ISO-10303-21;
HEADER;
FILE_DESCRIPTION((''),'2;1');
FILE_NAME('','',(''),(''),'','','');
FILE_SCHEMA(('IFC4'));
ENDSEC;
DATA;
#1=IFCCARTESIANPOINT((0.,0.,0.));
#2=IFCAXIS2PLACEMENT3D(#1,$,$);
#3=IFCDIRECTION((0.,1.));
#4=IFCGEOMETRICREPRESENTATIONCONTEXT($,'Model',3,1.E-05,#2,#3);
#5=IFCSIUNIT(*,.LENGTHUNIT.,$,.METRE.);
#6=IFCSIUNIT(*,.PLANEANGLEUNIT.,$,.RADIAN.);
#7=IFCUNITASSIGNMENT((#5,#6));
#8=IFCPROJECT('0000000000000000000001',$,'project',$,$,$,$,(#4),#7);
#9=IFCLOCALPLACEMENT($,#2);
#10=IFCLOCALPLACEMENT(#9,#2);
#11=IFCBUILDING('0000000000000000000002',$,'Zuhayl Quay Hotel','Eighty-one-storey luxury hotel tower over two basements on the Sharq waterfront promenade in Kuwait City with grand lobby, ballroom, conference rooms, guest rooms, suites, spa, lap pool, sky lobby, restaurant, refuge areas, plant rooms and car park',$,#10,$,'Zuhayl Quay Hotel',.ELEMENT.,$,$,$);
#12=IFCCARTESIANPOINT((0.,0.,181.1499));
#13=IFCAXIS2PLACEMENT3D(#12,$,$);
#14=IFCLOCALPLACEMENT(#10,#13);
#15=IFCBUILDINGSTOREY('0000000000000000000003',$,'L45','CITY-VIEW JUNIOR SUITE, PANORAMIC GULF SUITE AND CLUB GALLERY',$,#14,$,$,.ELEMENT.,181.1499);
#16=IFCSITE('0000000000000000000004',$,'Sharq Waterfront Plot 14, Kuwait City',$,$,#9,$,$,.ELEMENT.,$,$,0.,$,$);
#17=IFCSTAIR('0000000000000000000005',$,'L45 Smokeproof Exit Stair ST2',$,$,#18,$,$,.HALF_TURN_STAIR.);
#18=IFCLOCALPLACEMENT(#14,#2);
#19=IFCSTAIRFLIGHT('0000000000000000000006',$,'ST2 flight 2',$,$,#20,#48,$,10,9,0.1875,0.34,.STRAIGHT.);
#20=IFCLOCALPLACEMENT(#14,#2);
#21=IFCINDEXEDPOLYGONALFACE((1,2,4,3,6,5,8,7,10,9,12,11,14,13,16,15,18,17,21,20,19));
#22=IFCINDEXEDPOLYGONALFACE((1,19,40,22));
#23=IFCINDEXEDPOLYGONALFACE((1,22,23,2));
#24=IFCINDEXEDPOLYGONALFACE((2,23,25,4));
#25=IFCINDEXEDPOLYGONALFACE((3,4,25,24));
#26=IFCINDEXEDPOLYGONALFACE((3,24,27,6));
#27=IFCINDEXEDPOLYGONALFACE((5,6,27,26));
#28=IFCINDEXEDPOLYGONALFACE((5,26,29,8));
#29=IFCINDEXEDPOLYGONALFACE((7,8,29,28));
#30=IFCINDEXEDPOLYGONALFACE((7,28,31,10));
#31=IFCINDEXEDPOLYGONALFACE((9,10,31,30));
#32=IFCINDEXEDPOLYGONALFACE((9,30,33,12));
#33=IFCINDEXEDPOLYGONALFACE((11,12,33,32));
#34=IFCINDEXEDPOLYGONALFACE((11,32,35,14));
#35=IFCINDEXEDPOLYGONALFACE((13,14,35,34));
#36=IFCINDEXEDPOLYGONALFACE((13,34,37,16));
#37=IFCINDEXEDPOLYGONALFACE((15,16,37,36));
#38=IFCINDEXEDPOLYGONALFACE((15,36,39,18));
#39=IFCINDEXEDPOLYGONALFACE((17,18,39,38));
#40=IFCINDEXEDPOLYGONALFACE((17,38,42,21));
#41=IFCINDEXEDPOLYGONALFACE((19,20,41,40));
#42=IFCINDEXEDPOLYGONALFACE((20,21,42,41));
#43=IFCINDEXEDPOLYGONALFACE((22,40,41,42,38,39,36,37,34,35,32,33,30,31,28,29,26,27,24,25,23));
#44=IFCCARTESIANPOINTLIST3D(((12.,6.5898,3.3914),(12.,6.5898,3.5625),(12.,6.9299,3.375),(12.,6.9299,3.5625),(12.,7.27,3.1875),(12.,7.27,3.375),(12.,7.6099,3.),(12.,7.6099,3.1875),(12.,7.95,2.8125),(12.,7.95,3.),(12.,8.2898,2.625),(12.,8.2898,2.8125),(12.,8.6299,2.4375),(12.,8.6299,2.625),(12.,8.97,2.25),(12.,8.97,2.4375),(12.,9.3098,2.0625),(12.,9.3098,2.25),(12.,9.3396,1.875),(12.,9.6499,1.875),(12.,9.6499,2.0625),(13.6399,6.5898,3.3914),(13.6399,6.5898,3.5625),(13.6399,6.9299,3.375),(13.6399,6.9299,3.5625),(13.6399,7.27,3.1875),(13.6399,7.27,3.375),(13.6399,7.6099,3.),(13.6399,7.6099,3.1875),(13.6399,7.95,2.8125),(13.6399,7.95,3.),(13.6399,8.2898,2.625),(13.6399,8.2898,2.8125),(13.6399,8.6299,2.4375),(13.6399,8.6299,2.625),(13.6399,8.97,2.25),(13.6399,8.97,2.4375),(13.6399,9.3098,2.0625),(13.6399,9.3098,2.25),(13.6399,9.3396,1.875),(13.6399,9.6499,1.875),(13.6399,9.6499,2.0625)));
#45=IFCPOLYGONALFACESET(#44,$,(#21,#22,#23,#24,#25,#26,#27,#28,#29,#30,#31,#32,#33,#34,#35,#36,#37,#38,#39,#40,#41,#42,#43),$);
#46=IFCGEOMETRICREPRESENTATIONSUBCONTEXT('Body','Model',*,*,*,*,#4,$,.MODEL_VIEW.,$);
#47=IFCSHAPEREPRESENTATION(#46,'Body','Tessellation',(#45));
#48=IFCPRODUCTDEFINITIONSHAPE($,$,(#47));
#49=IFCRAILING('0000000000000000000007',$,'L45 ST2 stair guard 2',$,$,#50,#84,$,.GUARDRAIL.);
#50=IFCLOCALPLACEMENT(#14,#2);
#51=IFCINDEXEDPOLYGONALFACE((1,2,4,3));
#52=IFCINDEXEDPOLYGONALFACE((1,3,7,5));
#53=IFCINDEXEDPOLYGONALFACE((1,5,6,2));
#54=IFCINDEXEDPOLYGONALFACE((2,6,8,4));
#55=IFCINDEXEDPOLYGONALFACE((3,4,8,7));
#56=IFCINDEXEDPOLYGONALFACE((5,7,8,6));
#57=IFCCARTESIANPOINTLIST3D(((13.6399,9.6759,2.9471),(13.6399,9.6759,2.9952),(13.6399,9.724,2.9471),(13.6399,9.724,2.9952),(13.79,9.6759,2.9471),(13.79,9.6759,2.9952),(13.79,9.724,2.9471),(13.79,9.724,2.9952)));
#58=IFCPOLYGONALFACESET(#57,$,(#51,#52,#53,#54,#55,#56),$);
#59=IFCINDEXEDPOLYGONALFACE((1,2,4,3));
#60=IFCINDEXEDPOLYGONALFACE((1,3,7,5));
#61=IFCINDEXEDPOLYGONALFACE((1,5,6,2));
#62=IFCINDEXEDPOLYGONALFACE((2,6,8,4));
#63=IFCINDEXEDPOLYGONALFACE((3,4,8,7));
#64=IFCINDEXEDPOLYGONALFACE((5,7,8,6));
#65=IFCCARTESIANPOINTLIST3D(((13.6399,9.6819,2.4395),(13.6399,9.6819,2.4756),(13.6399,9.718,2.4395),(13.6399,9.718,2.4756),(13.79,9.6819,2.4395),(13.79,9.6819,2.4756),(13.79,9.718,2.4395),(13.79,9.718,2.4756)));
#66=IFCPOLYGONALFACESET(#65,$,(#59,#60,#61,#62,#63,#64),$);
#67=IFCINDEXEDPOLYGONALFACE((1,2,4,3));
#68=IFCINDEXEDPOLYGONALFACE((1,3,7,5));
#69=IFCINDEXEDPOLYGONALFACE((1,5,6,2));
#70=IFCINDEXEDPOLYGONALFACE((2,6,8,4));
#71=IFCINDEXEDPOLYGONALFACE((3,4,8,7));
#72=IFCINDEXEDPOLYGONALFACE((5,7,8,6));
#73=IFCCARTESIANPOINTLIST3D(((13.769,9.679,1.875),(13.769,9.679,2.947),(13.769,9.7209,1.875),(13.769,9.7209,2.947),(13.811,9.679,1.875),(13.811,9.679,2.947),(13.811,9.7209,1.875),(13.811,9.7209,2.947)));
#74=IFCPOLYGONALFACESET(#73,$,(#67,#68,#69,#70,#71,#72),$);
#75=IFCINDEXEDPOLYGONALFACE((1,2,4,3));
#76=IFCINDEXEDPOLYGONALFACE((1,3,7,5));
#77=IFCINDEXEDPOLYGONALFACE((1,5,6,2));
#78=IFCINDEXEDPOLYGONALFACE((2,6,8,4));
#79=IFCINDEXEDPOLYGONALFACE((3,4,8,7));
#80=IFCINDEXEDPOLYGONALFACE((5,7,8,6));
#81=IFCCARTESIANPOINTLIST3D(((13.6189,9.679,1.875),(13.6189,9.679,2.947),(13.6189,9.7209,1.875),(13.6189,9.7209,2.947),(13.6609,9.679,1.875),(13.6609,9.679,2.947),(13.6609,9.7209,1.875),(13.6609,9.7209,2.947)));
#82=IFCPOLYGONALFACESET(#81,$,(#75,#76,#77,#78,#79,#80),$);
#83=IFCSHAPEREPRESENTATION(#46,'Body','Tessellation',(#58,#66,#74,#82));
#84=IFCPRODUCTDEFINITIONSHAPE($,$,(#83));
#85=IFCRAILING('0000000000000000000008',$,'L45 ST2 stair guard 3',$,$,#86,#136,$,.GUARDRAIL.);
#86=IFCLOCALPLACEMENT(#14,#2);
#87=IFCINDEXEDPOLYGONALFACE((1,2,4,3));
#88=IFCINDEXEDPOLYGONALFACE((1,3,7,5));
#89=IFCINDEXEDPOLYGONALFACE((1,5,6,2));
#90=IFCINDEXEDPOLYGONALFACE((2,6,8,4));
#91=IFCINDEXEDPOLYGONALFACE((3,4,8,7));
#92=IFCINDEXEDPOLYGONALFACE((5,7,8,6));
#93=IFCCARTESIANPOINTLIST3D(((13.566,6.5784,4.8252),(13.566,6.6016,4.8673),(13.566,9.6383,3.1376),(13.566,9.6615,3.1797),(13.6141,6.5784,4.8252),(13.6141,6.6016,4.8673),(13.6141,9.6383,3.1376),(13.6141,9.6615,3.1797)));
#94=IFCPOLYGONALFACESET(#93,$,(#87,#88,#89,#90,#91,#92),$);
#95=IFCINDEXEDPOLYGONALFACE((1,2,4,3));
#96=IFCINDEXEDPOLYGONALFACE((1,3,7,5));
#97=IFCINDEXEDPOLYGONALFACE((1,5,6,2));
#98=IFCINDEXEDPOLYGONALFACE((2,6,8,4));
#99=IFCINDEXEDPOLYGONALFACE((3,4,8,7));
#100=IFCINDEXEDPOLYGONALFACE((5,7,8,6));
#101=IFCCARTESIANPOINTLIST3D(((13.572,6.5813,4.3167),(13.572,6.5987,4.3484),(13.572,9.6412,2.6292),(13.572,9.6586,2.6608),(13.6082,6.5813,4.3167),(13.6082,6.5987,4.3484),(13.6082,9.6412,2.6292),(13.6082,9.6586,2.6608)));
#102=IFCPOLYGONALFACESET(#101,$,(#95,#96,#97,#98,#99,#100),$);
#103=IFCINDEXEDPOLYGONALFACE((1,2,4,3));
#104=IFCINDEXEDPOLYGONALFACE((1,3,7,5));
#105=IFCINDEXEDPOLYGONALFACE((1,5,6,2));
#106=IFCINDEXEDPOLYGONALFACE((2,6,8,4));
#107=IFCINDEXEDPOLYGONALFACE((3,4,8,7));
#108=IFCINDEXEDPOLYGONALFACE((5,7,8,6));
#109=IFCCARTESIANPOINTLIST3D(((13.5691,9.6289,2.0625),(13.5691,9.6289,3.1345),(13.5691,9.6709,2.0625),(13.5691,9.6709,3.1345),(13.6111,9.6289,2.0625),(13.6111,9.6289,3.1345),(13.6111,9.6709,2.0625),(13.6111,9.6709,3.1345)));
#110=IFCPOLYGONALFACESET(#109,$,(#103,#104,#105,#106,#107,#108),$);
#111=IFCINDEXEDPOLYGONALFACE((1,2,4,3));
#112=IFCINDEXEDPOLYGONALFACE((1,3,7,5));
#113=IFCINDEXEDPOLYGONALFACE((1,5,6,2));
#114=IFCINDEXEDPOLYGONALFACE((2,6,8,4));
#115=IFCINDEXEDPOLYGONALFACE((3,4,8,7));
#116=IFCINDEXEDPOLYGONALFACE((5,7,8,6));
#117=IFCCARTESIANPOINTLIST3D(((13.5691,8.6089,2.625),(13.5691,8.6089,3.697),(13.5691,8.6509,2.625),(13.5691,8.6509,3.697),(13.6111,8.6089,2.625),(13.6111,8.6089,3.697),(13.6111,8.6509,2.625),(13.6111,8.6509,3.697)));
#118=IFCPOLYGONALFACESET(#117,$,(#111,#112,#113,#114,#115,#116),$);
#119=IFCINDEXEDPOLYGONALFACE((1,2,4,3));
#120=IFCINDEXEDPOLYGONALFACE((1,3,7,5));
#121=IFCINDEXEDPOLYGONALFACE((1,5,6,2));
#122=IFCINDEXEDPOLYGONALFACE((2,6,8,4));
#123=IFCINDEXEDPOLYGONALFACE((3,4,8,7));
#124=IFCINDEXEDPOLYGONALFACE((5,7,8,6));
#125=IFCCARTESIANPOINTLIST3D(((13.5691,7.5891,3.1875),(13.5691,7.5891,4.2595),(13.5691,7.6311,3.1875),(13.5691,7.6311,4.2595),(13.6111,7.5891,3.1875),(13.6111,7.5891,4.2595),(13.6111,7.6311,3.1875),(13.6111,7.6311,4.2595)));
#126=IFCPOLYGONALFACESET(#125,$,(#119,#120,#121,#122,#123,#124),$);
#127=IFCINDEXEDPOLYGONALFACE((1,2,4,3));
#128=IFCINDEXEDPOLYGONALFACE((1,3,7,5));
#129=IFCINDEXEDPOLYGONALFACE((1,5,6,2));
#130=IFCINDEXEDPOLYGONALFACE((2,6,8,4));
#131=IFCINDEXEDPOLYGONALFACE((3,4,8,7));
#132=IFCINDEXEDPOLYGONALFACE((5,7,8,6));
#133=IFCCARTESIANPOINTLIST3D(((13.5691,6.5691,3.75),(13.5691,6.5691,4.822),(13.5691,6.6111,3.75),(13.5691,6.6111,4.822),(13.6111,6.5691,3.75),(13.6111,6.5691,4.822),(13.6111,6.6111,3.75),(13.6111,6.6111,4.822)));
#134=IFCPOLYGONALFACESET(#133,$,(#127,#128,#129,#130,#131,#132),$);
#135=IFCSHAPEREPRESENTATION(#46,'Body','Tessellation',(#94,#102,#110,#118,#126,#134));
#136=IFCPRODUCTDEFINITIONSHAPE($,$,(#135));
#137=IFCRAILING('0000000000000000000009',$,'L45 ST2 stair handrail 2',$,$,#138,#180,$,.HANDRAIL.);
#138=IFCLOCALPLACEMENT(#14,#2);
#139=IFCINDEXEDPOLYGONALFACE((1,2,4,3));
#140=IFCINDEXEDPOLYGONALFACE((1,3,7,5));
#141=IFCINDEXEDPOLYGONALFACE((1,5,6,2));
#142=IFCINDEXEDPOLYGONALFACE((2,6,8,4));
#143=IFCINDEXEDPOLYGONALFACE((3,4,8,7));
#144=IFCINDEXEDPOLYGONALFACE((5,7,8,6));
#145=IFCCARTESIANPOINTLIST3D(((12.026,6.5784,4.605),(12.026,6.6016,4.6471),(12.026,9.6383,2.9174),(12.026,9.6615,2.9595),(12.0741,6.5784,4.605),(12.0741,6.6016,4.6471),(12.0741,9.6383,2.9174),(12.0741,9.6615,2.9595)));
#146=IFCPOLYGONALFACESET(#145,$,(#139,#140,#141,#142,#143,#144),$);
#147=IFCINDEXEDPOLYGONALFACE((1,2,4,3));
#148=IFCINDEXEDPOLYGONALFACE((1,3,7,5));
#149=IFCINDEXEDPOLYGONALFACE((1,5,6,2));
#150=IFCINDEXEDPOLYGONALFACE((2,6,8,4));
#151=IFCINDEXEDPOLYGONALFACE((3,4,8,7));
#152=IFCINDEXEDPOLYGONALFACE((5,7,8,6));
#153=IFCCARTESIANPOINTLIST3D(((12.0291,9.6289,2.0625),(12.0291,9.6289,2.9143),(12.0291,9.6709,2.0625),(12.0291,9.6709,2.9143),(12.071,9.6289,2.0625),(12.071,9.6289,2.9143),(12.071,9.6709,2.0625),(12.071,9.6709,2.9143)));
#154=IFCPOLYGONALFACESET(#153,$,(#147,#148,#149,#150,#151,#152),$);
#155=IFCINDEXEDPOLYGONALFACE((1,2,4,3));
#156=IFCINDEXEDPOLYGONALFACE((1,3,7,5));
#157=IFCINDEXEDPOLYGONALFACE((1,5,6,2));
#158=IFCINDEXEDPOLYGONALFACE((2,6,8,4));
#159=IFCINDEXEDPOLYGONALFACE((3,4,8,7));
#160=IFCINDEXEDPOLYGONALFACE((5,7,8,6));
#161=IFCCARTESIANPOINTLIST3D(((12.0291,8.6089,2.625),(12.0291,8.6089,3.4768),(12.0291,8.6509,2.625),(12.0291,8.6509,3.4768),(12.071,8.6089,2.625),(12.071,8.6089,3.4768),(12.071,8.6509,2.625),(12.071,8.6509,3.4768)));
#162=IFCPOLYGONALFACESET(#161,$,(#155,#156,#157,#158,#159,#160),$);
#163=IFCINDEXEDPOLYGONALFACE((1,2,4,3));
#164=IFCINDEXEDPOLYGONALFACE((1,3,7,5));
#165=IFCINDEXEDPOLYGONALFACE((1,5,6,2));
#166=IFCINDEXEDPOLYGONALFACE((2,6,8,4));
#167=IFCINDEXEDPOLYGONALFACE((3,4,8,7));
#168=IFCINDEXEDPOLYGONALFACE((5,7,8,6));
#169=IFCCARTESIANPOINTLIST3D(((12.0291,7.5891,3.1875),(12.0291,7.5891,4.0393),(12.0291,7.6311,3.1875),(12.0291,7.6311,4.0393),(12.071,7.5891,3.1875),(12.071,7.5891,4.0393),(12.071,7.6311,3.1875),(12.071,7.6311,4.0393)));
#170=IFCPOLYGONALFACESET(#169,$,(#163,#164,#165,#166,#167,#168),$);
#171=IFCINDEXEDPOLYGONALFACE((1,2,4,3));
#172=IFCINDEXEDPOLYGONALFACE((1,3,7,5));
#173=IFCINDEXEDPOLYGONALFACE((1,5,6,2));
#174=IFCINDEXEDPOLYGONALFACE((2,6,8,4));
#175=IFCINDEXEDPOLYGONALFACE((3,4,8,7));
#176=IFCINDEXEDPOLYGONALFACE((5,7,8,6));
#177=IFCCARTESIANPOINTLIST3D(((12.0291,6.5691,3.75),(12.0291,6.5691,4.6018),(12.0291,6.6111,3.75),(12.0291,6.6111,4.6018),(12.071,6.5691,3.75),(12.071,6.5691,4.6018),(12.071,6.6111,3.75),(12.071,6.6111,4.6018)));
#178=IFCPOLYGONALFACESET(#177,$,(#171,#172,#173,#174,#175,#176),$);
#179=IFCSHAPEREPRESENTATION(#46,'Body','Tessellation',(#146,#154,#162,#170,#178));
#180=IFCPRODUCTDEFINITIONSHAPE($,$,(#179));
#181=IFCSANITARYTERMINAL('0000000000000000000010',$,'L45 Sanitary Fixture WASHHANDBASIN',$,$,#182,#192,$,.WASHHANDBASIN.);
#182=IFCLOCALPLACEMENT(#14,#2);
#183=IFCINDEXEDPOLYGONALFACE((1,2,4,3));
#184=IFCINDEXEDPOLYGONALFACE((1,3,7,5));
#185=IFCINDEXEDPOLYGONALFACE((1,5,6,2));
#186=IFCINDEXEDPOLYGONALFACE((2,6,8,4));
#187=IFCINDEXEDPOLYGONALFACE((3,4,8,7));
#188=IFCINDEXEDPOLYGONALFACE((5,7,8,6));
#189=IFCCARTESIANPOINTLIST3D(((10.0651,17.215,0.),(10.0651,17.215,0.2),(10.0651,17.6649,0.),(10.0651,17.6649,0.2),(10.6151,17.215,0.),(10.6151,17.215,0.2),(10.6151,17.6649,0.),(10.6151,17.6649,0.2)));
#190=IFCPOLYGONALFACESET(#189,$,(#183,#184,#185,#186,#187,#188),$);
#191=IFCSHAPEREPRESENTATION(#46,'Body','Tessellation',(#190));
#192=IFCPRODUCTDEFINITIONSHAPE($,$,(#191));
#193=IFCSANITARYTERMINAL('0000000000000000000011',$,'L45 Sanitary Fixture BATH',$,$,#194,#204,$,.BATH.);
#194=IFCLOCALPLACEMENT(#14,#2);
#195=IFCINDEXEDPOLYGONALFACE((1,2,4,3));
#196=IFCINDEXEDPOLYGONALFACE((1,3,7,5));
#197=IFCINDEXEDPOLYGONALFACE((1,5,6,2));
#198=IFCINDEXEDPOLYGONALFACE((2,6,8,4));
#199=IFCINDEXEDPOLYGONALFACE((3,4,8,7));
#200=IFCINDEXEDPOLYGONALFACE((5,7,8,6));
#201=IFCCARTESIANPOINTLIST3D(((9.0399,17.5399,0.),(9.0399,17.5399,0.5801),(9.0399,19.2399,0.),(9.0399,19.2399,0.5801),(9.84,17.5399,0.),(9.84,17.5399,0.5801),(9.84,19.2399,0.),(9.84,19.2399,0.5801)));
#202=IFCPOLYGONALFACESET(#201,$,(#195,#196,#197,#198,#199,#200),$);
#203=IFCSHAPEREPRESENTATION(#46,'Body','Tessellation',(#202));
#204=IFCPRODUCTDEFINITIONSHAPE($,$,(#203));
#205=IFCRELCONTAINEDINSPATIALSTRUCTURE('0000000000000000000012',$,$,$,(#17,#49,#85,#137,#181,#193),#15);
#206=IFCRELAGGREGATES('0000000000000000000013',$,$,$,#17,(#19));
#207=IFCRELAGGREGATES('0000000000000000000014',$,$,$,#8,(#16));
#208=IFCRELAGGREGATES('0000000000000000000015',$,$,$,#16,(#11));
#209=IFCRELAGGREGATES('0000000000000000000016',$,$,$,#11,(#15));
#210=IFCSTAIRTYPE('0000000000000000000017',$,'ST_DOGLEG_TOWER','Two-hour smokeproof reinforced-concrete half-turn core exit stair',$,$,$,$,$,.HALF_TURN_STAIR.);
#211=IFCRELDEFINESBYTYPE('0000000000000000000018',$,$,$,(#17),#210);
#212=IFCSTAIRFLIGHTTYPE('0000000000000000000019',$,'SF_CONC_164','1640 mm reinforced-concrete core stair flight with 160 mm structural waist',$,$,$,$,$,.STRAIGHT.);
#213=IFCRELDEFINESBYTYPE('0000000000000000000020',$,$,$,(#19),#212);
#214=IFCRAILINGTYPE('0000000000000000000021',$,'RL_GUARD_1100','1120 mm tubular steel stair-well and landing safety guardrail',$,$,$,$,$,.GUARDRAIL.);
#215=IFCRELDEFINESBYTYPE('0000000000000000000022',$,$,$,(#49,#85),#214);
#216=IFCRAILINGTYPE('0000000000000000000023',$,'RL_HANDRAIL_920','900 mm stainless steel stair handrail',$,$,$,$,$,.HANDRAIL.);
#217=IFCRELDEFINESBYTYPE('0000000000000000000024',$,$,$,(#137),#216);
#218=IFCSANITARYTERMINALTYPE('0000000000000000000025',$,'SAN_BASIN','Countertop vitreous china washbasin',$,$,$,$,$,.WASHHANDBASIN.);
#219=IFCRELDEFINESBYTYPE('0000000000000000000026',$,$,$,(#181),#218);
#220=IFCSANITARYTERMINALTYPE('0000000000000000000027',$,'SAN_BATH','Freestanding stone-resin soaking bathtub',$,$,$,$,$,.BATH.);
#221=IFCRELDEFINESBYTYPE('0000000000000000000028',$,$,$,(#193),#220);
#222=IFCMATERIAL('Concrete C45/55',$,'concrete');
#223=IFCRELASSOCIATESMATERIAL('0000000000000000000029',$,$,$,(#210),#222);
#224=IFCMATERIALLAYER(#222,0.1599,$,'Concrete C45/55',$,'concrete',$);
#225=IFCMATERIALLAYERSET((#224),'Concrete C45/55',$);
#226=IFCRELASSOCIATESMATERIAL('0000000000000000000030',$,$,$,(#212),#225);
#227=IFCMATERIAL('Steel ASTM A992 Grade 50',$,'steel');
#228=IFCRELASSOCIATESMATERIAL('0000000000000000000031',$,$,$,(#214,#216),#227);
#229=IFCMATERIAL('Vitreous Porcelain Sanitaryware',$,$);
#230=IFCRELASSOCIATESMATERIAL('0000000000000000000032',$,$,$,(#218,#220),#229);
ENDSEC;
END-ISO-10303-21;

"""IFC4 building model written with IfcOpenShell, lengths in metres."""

from ifc_helpers import new_model, si_unit, direction, frame, origin, origin_2d, place, context, subcontext, project, spatial, polyline, rectangle, outline, extrude, material, layer, layer_set, type_object, element, aggregate, save


model = new_model("IFC4")

# Units and contexts
model_context = context("Model", 3, precision=1e-05, world=origin(), true_north=direction((0.0, 1.0)))
body_context = subcontext(model_context, "Body", "Model", "MODEL_VIEW")
ifc_project = project(units=[si_unit("LENGTHUNIT", "METRE"), si_unit("PLANEANGLEUNIT", "RADIAN")], contexts=[model_context])

# Site, building, storey
site_placement = place(None, origin())
site = spatial("IfcSite", under=ifc_project, at=site_placement, Name="Sharq Waterfront Plot 14, Kuwait City", CompositionType="ELEMENT", RefElevation=0.0)
building_placement = place(site_placement, origin())
building = spatial("IfcBuilding", under=site, at=building_placement, Name="Zuhayl Quay Hotel", Description="Eighty-one-storey luxury hotel tower over two basements on the Sharq waterfront promenade in Kuwait City with grand lobby, ballroom, conference rooms, guest rooms, suites, spa, lap pool, sky lobby, restaurant, refuge areas, plant rooms and car park", LongName="Zuhayl Quay Hotel", CompositionType="ELEMENT")
storey_placement = place(building_placement, frame((0.0, 0.0, 181.1499)))
storey = spatial("IfcBuildingStorey", under=building, at=storey_placement, Name="L45", Description="CITY-VIEW JUNIOR SUITE, PANORAMIC GULF SUITE AND CLUB GALLERY", CompositionType="ELEMENT", Elevation=181.1499)

# Shared definitions
ifc_material_1 = material(Name="Steel ASTM A992 Grade 50", Category="steel")

# Stair, stair flight
ifc_material_2 = material(Name="Concrete C45/55", Category="concrete")
stair_type = type_object("IfcStairType", Name="ST_DOGLEG_TOWER", Description="Two-hour smokeproof reinforced-concrete half-turn core exit stair", PredefinedType="HALF_TURN_STAIR", material=ifc_material_2)
stair_placement = place(storey_placement, origin())
stair = element("IfcStair", 1, at=stair_placement, inside=storey, type_object=stair_type, Name="L45 Smokeproof Exit Stair ST2", PredefinedType="HALF_TURN_STAIR")
ifc_layer_1 = layer(ifc_material_2, 0.1599, Name="Concrete C45/55", Category="concrete")
ifc_layer_set_1 = layer_set([ifc_layer_1], Name="Concrete C45/55")
stair_flight_type = type_object("IfcStairFlightType", Name="SF_CONC_164", Description="1640 mm reinforced-concrete core stair flight with 160 mm structural waist", PredefinedType="STRAIGHT", material=ifc_layer_set_1)
stair_flight_placement = place(storey_placement, frame((12.8201, 9.6499, 1.875), z_axis=(0.0, 0.0, 1.0), x_axis=(0.0, -1.0, 0.0)))
stair_flight = element("IfcStairFlight", 2, at=stair_flight_placement, type_object=stair_flight_type, Name="ST2 flight 2", NumberOfRisers=10, NumberOfTreads=9, PredefinedType="STRAIGHT", RiserHeight=0.1875, TreadLength=0.34, context=body_context, shape_type="SweptSolid", body=[
    extrude(outline(polyline([(0.0, 0.0), (0.0, 0.1875), (0.3401, 0.1875), (0.3401, 0.375), (0.6799, 0.375), (0.6799, 0.5625), (1.02, 0.5625), (1.02, 0.75), (1.3601, 0.75), (1.3601, 0.9375), (1.7, 0.9375), (1.7, 1.125), (2.04, 1.125), (2.04, 1.3125), (2.3799, 1.3125), (2.3799, 1.5), (2.72, 1.5), (2.72, 1.6875), (3.0601, 1.6875), (3.0601, 1.875), (3.0601, 1.5164), (0.3103, 0.0), (0.0, 0.0)])), frame((0.0, 0.8198, 0.0), z_axis=(0.0, -1.0, 0.0), x_axis=(1.0, 0.0, 0.0)), (0.0, 0.0, 1.0), 1.6399),
])
aggregate(stair, [stair_flight])

# Railings
railing_type_1 = type_object("IfcRailingType", Name="RL_GUARD_1100", Description="1120 mm tubular steel stair-well and landing safety guardrail", PredefinedType="GUARDRAIL", material=ifc_material_1)
railing_1_placement = place(storey_placement, frame((13.79, 9.7, 1.875)))
element("IfcRailing", 3, at=railing_1_placement, inside=storey, type_object=railing_type_1, Name="L45 ST2 stair guard 2", PredefinedType="GUARDRAIL", context=body_context, shape_type="SweptSolid", body=[
    extrude(rectangle(XDim=0.0481, YDim=0.0481, at=origin_2d()), frame((0.0, 0.0, 1.0962), z_axis=(-1.0, 0.0, 0.0), x_axis=(0.0, -1.0, 0.0)), (0.0, 0.0, 1.0), 0.1501),
    extrude(rectangle(XDim=0.0361, YDim=0.0361, at=origin_2d()), frame((0.0, 0.0, 0.5825), z_axis=(-1.0, 0.0, 0.0), x_axis=(0.0, -1.0, 0.0)), (0.0, 0.0, 1.0), 0.1501),
    extrude(rectangle(XDim=0.042, YDim=0.042, at=origin_2d()), origin(), (0.0, 0.0, 1.0), 1.072),
    extrude(rectangle(XDim=0.042, YDim=0.042, at=origin_2d()), frame((-0.1501, 0.0, 0.0)), (0.0, 0.0, 1.0), 1.072),
])
railing_2_placement = place(storey_placement, frame((13.5901, 9.6499, 2.0625)))
element("IfcRailing", 4, at=railing_2_placement, inside=storey, type_object=railing_type_1, Name="L45 ST2 stair guard 3", PredefinedType="GUARDRAIL", context=body_context, shape_type="SweptSolid", body=[
    extrude(rectangle(XDim=0.0481, YDim=0.0481, at=origin_2d()), frame((0.0, 0.0, 1.0962), z_axis=(0.0, -0.875659, 0.48293), x_axis=(1.0, 0.0, 0.0)), (0.0, 0.0, 1.0), 3.4944),
    extrude(rectangle(XDim=0.0361, YDim=0.0361, at=origin_2d()), frame((0.0, 0.0, 0.5825), z_axis=(0.0, -0.875659, 0.48293), x_axis=(1.0, 0.0, 0.0)), (0.0, 0.0, 1.0), 3.4944),
    extrude(rectangle(XDim=0.042, YDim=0.042, at=origin_2d()), origin(), (0.0, 0.0, 1.0), 1.072),
    extrude(rectangle(XDim=0.042, YDim=0.042, at=origin_2d()), frame((0.0, -1.02, 0.5625)), (0.0, 0.0, 1.0), 1.072),
    extrude(rectangle(XDim=0.042, YDim=0.042, at=origin_2d()), frame((0.0, -2.0398, 1.125)), (0.0, 0.0, 1.0), 1.072),
    extrude(rectangle(XDim=0.042, YDim=0.042, at=origin_2d()), frame((0.0, -3.0598, 1.6875)), (0.0, 0.0, 1.0), 1.072),
])
railing_type_2 = type_object("IfcRailingType", Name="RL_HANDRAIL_920", Description="900 mm stainless steel stair handrail", PredefinedType="HANDRAIL", material=ifc_material_1)
railing_3_placement = place(storey_placement, frame((12.05, 9.6499, 2.0625)))
element("IfcRailing", 5, at=railing_3_placement, inside=storey, type_object=railing_type_2, Name="L45 ST2 stair handrail 2", PredefinedType="HANDRAIL", context=body_context, shape_type="SweptSolid", body=[
    extrude(rectangle(XDim=0.0481, YDim=0.0481, at=origin_2d()), frame((0.0, 0.0, 0.876), z_axis=(0.0, -0.875659, 0.48293), x_axis=(1.0, 0.0, 0.0)), (0.0, 0.0, 1.0), 3.4944),
    extrude(rectangle(XDim=0.042, YDim=0.042, at=origin_2d()), origin(), (0.0, 0.0, 1.0), 0.8518),
    extrude(rectangle(XDim=0.042, YDim=0.042, at=origin_2d()), frame((0.0, -1.02, 0.5625)), (0.0, 0.0, 1.0), 0.8518),
    extrude(rectangle(XDim=0.042, YDim=0.042, at=origin_2d()), frame((0.0, -2.0398, 1.125)), (0.0, 0.0, 1.0), 0.8518),
    extrude(rectangle(XDim=0.042, YDim=0.042, at=origin_2d()), frame((0.0, -3.0598, 1.6875)), (0.0, 0.0, 1.0), 0.8518),
])

# Sanitary terminals
ifc_material_3 = material(Name="Vitreous Porcelain Sanitaryware")
sanitary_terminal_type_1 = type_object("IfcSanitaryTerminalType", Name="SAN_BASIN", Description="Countertop vitreous china washbasin", PredefinedType="WASHHANDBASIN", material=ifc_material_3)
sanitary_terminal_1_placement = place(storey_placement, frame((10.3401, 17.4399, 0.0), z_axis=(0.0, 0.0, 1.0), x_axis=(1.0, 0.0, 0.0)))
element("IfcSanitaryTerminal", 6, at=sanitary_terminal_1_placement, inside=storey, type_object=sanitary_terminal_type_1, Name="L45 Sanitary Fixture WASHHANDBASIN", PredefinedType="WASHHANDBASIN", context=body_context, shape_type="SweptSolid", body=[
    extrude(rectangle(XDim=0.55, YDim=0.45, at=origin_2d()), origin(), (0.0, 0.0, 1.0), 0.2),
])
sanitary_terminal_type_2 = type_object("IfcSanitaryTerminalType", Name="SAN_BATH", Description="Freestanding stone-resin soaking bathtub", PredefinedType="BATH", material=ifc_material_3)
sanitary_terminal_2_placement = place(storey_placement, frame((9.4399, 18.3899, 0.0), z_axis=(0.0, 0.0, 1.0), x_axis=(1.0, 0.0, 0.0)))
element("IfcSanitaryTerminal", 7, at=sanitary_terminal_2_placement, inside=storey, type_object=sanitary_terminal_type_2, Name="L45 Sanitary Fixture BATH", PredefinedType="BATH", context=body_context, shape_type="SweptSolid", body=[
    extrude(rectangle(XDim=0.8, YDim=1.7, at=origin_2d()), origin(), (0.0, 0.0, 1.0), 0.5801),
])

save(model, "model.ifc")
